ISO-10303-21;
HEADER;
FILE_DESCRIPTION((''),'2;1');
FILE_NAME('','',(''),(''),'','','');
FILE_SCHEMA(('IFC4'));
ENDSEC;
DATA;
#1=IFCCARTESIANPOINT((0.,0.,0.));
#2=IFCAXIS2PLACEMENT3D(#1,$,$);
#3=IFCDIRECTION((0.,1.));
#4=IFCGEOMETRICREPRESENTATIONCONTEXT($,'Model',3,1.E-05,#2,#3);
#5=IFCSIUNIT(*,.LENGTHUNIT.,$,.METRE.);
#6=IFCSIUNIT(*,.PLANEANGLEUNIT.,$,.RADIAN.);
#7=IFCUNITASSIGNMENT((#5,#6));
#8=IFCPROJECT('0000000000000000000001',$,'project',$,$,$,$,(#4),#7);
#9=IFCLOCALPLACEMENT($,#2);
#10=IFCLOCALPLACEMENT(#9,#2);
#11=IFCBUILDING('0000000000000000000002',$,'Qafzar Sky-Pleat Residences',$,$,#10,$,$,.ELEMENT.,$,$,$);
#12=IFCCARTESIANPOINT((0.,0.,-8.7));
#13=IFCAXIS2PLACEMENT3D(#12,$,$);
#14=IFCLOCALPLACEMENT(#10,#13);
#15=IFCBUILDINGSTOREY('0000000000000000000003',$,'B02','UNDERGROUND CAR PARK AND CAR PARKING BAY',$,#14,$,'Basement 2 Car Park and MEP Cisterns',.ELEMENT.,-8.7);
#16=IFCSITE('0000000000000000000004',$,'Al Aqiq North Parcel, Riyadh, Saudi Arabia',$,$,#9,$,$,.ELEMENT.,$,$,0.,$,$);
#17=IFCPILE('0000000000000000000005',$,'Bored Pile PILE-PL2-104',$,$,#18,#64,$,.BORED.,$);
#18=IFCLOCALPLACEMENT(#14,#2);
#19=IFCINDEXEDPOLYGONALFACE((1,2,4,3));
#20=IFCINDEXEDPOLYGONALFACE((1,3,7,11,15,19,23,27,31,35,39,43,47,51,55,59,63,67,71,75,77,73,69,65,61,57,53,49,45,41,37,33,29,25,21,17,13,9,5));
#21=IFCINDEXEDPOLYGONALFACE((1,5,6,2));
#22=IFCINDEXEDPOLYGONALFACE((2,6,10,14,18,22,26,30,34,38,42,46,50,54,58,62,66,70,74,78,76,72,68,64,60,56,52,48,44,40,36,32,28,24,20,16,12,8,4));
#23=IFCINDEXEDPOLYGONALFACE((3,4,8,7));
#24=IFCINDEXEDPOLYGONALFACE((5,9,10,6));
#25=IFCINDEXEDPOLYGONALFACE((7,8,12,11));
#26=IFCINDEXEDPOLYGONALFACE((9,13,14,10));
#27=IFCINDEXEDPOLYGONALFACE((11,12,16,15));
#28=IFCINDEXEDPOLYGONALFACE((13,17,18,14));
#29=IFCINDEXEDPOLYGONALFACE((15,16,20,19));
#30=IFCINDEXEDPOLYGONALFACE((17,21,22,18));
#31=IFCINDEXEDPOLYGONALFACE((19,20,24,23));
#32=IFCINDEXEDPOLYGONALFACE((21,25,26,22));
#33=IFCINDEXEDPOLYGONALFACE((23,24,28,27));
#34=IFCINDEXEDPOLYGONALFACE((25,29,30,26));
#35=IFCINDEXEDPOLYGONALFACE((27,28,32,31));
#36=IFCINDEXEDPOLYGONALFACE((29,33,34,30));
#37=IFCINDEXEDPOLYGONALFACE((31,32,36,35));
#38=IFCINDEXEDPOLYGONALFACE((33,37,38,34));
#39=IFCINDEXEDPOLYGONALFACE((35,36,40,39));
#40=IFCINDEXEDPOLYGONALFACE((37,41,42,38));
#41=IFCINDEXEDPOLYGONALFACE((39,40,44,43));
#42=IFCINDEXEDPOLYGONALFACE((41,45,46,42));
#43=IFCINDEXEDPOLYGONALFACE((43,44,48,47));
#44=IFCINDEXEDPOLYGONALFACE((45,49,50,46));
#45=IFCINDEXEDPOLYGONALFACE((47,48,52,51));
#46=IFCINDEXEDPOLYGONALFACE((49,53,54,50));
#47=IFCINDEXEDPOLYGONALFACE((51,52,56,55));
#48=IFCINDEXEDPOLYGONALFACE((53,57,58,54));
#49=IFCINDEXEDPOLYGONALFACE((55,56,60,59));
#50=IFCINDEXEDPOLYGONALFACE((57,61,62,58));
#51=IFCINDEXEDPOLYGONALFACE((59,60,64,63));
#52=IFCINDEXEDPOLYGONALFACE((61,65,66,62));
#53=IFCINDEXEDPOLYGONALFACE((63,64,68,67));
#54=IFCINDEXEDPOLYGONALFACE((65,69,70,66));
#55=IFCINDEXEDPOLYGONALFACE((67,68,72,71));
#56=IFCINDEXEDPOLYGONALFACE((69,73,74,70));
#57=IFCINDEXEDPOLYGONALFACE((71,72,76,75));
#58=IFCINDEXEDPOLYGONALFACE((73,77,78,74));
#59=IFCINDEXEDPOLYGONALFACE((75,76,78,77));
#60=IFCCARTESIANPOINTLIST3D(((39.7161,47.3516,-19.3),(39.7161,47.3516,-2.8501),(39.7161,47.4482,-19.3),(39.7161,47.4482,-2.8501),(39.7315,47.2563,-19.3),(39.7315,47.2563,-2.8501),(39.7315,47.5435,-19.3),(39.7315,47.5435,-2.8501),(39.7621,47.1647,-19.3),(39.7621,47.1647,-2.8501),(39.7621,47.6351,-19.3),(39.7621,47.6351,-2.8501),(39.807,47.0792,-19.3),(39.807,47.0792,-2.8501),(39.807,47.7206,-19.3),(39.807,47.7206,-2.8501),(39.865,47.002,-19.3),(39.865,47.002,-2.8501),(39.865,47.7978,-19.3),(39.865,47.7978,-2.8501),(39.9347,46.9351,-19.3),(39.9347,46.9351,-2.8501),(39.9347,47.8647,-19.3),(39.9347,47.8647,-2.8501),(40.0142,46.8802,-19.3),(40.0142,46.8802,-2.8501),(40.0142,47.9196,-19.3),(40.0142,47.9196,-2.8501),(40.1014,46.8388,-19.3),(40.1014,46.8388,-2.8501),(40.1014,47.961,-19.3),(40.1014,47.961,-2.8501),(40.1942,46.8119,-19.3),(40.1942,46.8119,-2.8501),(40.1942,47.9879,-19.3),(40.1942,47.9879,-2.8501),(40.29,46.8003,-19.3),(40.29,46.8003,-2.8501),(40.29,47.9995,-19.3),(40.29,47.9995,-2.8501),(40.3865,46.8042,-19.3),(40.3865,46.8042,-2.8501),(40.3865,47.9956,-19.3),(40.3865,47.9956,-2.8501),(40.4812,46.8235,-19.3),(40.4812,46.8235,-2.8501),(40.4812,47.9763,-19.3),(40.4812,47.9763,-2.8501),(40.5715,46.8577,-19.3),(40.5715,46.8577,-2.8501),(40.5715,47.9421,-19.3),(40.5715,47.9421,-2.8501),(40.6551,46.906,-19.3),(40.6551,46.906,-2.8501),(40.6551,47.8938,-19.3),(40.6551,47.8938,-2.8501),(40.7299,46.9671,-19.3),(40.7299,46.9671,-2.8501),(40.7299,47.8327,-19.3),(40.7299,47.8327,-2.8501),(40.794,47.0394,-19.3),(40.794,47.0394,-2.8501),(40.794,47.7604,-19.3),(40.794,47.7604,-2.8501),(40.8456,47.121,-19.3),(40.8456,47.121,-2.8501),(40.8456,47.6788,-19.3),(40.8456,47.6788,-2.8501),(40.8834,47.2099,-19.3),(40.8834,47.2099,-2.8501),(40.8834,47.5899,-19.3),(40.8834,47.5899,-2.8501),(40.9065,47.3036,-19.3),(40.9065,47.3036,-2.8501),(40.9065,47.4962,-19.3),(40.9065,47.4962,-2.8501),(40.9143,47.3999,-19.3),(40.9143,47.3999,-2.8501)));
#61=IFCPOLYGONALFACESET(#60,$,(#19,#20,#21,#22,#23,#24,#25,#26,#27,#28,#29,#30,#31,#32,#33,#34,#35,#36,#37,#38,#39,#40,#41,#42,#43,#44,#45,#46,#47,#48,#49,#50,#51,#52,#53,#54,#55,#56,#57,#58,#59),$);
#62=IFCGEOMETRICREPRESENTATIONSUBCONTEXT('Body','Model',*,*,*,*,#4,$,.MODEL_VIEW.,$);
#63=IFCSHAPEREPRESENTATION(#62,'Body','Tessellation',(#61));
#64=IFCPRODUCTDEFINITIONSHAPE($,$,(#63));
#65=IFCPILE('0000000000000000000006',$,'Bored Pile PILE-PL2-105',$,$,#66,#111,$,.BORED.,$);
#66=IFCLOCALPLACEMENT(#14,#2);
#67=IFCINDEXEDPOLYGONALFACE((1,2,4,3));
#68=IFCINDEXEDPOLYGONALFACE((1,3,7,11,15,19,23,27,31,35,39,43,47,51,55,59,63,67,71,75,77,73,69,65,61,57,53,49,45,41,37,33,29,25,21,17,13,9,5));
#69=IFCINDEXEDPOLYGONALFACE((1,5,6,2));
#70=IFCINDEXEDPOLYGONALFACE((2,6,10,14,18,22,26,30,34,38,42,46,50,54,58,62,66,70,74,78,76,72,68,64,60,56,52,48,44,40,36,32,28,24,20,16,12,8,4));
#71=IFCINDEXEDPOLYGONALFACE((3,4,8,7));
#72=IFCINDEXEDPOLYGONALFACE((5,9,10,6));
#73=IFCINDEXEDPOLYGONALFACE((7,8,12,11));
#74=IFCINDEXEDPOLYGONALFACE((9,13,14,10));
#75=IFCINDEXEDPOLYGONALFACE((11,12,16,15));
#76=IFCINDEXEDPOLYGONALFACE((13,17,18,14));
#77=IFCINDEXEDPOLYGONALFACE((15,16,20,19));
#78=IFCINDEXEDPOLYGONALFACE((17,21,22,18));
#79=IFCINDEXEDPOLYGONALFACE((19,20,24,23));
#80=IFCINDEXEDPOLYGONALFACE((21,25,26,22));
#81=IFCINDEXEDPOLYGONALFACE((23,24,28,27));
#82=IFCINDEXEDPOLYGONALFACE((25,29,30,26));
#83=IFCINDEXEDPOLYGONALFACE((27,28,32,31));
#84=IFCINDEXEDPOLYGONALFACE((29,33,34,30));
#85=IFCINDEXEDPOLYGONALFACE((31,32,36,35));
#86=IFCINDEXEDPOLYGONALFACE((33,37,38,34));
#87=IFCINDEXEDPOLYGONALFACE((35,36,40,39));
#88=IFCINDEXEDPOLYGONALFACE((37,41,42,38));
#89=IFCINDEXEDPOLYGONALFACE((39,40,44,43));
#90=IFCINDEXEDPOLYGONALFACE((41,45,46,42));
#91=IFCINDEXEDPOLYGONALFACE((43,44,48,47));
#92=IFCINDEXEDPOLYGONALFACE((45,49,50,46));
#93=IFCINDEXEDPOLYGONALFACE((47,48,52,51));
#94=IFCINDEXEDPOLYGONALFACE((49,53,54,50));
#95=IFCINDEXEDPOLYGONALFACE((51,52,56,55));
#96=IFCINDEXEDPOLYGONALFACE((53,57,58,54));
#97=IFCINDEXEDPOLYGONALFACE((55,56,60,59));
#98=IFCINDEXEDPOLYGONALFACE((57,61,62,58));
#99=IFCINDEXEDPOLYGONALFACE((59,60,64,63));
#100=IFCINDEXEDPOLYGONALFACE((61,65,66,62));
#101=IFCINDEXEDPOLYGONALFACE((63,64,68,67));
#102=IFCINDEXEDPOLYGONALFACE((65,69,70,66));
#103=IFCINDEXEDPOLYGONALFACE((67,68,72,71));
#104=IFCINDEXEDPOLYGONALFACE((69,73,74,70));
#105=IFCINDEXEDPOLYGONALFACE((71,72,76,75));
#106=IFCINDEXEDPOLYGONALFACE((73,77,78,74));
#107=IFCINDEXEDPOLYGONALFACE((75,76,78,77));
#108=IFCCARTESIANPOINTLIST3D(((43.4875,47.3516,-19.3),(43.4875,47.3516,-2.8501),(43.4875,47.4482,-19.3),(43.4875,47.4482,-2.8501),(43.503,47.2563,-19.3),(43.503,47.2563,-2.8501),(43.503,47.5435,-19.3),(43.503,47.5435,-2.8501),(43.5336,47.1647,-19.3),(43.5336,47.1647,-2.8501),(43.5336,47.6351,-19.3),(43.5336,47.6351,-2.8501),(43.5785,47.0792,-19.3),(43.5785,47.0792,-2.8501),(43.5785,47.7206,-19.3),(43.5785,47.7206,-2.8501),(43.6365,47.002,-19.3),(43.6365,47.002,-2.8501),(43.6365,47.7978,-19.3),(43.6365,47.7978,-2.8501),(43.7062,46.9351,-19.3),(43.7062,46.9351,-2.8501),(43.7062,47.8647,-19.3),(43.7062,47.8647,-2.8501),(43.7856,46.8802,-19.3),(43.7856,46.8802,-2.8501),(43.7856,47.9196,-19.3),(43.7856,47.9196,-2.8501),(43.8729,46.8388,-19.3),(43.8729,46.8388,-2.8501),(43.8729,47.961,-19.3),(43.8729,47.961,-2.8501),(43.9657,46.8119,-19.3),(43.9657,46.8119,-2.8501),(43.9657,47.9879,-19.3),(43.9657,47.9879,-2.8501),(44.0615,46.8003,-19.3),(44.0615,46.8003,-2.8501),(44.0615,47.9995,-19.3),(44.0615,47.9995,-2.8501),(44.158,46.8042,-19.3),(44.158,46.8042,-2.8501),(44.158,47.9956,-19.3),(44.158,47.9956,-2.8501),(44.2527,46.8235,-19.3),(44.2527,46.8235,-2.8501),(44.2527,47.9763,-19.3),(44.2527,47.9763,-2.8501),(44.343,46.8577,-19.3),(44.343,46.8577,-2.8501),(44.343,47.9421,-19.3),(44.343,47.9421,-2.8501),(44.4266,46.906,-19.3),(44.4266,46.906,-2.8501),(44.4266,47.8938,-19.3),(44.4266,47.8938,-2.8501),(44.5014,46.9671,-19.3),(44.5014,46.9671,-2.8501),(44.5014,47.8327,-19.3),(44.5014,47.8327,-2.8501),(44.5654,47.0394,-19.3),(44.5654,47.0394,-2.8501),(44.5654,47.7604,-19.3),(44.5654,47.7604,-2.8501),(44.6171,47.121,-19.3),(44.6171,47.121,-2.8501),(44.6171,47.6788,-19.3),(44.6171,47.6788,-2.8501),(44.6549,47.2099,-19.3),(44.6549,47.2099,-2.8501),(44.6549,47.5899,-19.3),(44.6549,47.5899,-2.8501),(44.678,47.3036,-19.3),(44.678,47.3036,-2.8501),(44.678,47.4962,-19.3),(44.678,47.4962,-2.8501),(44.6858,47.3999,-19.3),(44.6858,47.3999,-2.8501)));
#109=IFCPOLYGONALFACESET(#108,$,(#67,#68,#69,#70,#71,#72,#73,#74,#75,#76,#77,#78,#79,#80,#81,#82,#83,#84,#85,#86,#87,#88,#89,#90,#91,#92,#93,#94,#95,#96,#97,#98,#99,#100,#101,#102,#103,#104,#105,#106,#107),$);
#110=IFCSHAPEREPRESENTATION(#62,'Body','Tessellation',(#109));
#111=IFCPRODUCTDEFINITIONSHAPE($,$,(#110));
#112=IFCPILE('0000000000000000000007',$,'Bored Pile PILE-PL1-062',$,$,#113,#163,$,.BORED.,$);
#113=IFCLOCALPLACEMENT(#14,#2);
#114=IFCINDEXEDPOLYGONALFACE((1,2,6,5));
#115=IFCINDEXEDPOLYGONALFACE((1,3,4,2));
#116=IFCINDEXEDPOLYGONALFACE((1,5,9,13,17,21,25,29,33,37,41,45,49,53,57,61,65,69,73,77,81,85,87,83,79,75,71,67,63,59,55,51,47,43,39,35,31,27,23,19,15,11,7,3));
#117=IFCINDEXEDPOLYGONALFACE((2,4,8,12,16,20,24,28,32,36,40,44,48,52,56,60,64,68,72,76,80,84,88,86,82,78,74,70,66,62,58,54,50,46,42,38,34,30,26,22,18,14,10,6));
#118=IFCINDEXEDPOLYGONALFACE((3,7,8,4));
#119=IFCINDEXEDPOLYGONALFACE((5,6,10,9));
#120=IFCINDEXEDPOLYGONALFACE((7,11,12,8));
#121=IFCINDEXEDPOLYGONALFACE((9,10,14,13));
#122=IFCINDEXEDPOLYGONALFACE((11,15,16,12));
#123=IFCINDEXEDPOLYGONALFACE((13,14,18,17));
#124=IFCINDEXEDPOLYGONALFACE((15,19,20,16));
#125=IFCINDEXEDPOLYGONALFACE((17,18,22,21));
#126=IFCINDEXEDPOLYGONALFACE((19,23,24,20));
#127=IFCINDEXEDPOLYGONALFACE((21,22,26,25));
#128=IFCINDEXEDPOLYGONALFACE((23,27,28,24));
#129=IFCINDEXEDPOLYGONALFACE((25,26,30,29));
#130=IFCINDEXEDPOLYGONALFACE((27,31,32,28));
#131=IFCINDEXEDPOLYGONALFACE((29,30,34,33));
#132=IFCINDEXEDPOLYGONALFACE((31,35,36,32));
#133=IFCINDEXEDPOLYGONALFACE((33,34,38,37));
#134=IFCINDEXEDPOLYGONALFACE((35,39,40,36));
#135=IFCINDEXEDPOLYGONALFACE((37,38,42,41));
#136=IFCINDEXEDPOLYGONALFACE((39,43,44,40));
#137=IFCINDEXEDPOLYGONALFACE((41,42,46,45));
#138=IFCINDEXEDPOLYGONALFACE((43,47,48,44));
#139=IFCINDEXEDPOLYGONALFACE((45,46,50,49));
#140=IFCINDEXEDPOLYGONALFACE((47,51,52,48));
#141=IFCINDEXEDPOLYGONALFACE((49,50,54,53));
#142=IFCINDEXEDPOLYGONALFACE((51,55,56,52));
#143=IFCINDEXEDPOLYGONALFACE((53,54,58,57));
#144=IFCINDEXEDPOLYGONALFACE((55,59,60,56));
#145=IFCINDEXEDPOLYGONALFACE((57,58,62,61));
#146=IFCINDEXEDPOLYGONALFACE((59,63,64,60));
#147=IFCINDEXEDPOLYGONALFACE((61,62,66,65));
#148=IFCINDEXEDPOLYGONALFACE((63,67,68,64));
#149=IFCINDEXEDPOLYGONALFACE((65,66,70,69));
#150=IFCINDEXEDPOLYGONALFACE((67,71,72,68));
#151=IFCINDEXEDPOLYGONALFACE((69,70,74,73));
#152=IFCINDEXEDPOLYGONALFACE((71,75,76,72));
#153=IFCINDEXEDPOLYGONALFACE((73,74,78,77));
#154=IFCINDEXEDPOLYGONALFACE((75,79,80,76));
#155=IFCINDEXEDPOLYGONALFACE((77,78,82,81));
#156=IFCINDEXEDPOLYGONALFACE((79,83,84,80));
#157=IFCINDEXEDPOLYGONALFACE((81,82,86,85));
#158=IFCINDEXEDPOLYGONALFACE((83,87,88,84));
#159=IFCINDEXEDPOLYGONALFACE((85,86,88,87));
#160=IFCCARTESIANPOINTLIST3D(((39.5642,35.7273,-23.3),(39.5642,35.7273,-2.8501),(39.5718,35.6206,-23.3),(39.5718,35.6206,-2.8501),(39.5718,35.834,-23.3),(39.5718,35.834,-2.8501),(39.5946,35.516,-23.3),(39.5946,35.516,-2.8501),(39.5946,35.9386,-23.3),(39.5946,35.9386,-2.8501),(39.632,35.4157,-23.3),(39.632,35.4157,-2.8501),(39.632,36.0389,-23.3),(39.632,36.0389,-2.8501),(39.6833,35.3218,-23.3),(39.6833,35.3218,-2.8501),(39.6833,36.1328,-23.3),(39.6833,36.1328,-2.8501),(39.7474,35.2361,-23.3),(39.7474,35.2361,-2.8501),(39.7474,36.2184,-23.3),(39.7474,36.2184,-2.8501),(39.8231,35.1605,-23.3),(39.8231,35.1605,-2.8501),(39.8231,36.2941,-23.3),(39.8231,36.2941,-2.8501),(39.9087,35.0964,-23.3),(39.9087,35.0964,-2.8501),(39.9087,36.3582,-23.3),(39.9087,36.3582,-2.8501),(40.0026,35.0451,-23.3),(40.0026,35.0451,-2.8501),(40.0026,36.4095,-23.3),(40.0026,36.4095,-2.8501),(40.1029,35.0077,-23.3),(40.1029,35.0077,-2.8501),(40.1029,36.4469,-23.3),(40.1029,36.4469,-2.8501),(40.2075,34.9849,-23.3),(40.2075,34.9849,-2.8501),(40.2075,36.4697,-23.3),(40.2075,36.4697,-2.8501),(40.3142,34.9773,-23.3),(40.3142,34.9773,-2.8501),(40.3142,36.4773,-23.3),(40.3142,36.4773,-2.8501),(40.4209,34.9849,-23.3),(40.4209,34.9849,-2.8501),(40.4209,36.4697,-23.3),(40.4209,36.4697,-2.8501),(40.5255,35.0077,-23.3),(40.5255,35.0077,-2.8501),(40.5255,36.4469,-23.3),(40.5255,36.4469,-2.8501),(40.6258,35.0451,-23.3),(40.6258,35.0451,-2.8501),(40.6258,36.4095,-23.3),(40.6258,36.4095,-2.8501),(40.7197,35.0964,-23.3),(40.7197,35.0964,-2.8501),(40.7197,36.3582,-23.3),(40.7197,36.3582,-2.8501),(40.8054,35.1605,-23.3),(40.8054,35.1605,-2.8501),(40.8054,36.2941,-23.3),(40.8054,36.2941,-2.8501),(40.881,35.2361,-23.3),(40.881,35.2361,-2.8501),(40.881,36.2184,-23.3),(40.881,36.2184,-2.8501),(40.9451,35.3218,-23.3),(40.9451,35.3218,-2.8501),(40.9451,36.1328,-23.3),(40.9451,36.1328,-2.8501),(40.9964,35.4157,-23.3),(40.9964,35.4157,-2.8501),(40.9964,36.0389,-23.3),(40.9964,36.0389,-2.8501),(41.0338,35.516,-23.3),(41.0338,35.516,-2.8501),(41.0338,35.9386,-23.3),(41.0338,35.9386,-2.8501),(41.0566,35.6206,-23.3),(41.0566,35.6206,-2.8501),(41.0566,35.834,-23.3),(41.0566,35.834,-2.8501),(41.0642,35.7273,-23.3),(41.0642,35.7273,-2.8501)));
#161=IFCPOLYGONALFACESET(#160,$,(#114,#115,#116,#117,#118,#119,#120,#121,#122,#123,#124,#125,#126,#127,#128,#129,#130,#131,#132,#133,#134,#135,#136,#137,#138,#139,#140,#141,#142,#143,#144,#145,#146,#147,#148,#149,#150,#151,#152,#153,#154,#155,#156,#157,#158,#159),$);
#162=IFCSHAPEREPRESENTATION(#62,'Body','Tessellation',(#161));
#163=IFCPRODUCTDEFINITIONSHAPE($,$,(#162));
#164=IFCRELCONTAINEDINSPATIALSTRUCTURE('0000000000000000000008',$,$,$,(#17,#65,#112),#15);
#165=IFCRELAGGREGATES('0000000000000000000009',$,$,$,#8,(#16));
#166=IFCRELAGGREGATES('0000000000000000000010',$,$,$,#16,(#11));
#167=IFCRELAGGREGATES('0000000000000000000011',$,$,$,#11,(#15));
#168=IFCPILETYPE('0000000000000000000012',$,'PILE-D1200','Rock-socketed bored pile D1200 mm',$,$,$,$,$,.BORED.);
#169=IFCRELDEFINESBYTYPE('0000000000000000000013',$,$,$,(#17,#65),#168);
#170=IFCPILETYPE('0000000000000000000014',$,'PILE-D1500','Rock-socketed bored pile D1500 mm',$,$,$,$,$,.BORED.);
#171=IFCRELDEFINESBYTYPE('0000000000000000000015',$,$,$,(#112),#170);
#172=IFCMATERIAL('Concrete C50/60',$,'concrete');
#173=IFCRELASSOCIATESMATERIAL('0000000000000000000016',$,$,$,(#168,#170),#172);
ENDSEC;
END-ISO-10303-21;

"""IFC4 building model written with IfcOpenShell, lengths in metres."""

from ifc_helpers import new_model, si_unit, direction, frame, origin, origin_2d, place, context, subcontext, project, spatial, circle, extrude, source, transform, mapped, material, material_profile, profile_set, type_object, element, save


model = new_model("IFC4")

# Units and contexts
model_context = context("Model", 3, precision=1e-05, world=origin(), true_north=direction((0.0, 1.0)))
body_context = subcontext(model_context, "Body", "Model", "MODEL_VIEW")
ifc_project = project(units=[si_unit("LENGTHUNIT", "METRE"), si_unit("PLANEANGLEUNIT", "RADIAN")], contexts=[model_context])

# Site, building, storey
site_placement = place(None, origin())
site = spatial("IfcSite", under=ifc_project, at=site_placement, Name="Al Aqiq North Parcel, Riyadh, Saudi Arabia", CompositionType="ELEMENT", RefElevation=0.0)
building_placement = place(site_placement, origin())
building = spatial("IfcBuilding", under=site, at=building_placement, Name="Qafzar Sky-Pleat Residences", CompositionType="ELEMENT")
storey_placement = place(building_placement, frame((0.0, 0.0, -8.7)))
storey = spatial("IfcBuildingStorey", under=building, at=storey_placement, Name="B02", Description="UNDERGROUND CAR PARK AND CAR PARKING BAY", LongName="Basement 2 Car Park and MEP Cisterns", CompositionType="ELEMENT", Elevation=-8.7)

# Piles
ifc_material_1 = material(Name="Concrete C50/60", Category="concrete")
ifc_material_profile_1 = material_profile(ifc_material_1, circle(Radius=0.6001, at=origin_2d()), Name="PILE D1200")
ifc_profile_set_1 = profile_set([ifc_material_profile_1], Name="Concrete C50/60")
pile_type_1 = type_object("IfcPileType", Name="PILE-D1200", Description="Rock-socketed bored pile D1200 mm", PredefinedType="BORED", material=ifc_profile_set_1)
shared_shape_1 = source(origin(), body_context, "Body", "SweptSolid", [
    extrude(circle(Radius=0.6001, at=origin_2d()), origin(), (0.0, 0.0, 1.0), 16.45),
])
for number, where, z_axis, x_axis, name in (
    (1, (40.3142, 47.3999, -2.8501), (0.0, 0.0, -1.0), (1.0, 0.0, 0.0), "Bored Pile PILE-PL2-104"),
    (2, (44.0857, 47.3999, -2.8501), (0.0, 0.0, -1.0), (1.0, 0.0, 0.0), "Bored Pile PILE-PL2-105"),
):
    element("IfcPile", number, at=place(storey_placement, frame(where, z_axis=z_axis, x_axis=x_axis)), inside=storey, type_object=pile_type_1, Name=name, PredefinedType="BORED", context=body_context, shape_type="MappedRepresentation", body=[
        mapped(shared_shape_1, transform((0.0, 0.0, 0.0), x_axis=(1.0, 0.0, 0.0), y_axis=(0.0, 1.0, 0.0), z_axis=(0.0, 0.0, 1.0), scale=1.0)),
    ])
ifc_material_profile_2 = material_profile(ifc_material_1, circle(Radius=0.75, at=origin_2d()), Name="PILE D1500")
ifc_profile_set_2 = profile_set([ifc_material_profile_2], Name="Concrete C50/60")
pile_type_2 = type_object("IfcPileType", Name="PILE-D1500", Description="Rock-socketed bored pile D1500 mm", PredefinedType="BORED", material=ifc_profile_set_2)
shared_shape_2 = source(origin(), body_context, "Body", "SweptSolid", [
    extrude(circle(Radius=0.75, at=origin_2d()), origin(), (0.0, 0.0, 1.0), 20.45),
])
for number, where, z_axis, x_axis, name in (
    (3, (40.3142, 35.7273, -2.8501), (0.0, 0.0, -1.0), (1.0, 0.0, 0.0), "Bored Pile PILE-PL1-062"),
):
    element("IfcPile", number, at=place(storey_placement, frame(where, z_axis=z_axis, x_axis=x_axis)), inside=storey, type_object=pile_type_2, Name=name, PredefinedType="BORED", context=body_context, shape_type="MappedRepresentation", body=[
        mapped(shared_shape_2, transform((0.0, 0.0, 0.0), x_axis=(1.0, 0.0, 0.0), y_axis=(0.0, 1.0, 0.0), z_axis=(0.0, 0.0, 1.0), scale=1.0)),
    ])

save(model, "model.ifc")
